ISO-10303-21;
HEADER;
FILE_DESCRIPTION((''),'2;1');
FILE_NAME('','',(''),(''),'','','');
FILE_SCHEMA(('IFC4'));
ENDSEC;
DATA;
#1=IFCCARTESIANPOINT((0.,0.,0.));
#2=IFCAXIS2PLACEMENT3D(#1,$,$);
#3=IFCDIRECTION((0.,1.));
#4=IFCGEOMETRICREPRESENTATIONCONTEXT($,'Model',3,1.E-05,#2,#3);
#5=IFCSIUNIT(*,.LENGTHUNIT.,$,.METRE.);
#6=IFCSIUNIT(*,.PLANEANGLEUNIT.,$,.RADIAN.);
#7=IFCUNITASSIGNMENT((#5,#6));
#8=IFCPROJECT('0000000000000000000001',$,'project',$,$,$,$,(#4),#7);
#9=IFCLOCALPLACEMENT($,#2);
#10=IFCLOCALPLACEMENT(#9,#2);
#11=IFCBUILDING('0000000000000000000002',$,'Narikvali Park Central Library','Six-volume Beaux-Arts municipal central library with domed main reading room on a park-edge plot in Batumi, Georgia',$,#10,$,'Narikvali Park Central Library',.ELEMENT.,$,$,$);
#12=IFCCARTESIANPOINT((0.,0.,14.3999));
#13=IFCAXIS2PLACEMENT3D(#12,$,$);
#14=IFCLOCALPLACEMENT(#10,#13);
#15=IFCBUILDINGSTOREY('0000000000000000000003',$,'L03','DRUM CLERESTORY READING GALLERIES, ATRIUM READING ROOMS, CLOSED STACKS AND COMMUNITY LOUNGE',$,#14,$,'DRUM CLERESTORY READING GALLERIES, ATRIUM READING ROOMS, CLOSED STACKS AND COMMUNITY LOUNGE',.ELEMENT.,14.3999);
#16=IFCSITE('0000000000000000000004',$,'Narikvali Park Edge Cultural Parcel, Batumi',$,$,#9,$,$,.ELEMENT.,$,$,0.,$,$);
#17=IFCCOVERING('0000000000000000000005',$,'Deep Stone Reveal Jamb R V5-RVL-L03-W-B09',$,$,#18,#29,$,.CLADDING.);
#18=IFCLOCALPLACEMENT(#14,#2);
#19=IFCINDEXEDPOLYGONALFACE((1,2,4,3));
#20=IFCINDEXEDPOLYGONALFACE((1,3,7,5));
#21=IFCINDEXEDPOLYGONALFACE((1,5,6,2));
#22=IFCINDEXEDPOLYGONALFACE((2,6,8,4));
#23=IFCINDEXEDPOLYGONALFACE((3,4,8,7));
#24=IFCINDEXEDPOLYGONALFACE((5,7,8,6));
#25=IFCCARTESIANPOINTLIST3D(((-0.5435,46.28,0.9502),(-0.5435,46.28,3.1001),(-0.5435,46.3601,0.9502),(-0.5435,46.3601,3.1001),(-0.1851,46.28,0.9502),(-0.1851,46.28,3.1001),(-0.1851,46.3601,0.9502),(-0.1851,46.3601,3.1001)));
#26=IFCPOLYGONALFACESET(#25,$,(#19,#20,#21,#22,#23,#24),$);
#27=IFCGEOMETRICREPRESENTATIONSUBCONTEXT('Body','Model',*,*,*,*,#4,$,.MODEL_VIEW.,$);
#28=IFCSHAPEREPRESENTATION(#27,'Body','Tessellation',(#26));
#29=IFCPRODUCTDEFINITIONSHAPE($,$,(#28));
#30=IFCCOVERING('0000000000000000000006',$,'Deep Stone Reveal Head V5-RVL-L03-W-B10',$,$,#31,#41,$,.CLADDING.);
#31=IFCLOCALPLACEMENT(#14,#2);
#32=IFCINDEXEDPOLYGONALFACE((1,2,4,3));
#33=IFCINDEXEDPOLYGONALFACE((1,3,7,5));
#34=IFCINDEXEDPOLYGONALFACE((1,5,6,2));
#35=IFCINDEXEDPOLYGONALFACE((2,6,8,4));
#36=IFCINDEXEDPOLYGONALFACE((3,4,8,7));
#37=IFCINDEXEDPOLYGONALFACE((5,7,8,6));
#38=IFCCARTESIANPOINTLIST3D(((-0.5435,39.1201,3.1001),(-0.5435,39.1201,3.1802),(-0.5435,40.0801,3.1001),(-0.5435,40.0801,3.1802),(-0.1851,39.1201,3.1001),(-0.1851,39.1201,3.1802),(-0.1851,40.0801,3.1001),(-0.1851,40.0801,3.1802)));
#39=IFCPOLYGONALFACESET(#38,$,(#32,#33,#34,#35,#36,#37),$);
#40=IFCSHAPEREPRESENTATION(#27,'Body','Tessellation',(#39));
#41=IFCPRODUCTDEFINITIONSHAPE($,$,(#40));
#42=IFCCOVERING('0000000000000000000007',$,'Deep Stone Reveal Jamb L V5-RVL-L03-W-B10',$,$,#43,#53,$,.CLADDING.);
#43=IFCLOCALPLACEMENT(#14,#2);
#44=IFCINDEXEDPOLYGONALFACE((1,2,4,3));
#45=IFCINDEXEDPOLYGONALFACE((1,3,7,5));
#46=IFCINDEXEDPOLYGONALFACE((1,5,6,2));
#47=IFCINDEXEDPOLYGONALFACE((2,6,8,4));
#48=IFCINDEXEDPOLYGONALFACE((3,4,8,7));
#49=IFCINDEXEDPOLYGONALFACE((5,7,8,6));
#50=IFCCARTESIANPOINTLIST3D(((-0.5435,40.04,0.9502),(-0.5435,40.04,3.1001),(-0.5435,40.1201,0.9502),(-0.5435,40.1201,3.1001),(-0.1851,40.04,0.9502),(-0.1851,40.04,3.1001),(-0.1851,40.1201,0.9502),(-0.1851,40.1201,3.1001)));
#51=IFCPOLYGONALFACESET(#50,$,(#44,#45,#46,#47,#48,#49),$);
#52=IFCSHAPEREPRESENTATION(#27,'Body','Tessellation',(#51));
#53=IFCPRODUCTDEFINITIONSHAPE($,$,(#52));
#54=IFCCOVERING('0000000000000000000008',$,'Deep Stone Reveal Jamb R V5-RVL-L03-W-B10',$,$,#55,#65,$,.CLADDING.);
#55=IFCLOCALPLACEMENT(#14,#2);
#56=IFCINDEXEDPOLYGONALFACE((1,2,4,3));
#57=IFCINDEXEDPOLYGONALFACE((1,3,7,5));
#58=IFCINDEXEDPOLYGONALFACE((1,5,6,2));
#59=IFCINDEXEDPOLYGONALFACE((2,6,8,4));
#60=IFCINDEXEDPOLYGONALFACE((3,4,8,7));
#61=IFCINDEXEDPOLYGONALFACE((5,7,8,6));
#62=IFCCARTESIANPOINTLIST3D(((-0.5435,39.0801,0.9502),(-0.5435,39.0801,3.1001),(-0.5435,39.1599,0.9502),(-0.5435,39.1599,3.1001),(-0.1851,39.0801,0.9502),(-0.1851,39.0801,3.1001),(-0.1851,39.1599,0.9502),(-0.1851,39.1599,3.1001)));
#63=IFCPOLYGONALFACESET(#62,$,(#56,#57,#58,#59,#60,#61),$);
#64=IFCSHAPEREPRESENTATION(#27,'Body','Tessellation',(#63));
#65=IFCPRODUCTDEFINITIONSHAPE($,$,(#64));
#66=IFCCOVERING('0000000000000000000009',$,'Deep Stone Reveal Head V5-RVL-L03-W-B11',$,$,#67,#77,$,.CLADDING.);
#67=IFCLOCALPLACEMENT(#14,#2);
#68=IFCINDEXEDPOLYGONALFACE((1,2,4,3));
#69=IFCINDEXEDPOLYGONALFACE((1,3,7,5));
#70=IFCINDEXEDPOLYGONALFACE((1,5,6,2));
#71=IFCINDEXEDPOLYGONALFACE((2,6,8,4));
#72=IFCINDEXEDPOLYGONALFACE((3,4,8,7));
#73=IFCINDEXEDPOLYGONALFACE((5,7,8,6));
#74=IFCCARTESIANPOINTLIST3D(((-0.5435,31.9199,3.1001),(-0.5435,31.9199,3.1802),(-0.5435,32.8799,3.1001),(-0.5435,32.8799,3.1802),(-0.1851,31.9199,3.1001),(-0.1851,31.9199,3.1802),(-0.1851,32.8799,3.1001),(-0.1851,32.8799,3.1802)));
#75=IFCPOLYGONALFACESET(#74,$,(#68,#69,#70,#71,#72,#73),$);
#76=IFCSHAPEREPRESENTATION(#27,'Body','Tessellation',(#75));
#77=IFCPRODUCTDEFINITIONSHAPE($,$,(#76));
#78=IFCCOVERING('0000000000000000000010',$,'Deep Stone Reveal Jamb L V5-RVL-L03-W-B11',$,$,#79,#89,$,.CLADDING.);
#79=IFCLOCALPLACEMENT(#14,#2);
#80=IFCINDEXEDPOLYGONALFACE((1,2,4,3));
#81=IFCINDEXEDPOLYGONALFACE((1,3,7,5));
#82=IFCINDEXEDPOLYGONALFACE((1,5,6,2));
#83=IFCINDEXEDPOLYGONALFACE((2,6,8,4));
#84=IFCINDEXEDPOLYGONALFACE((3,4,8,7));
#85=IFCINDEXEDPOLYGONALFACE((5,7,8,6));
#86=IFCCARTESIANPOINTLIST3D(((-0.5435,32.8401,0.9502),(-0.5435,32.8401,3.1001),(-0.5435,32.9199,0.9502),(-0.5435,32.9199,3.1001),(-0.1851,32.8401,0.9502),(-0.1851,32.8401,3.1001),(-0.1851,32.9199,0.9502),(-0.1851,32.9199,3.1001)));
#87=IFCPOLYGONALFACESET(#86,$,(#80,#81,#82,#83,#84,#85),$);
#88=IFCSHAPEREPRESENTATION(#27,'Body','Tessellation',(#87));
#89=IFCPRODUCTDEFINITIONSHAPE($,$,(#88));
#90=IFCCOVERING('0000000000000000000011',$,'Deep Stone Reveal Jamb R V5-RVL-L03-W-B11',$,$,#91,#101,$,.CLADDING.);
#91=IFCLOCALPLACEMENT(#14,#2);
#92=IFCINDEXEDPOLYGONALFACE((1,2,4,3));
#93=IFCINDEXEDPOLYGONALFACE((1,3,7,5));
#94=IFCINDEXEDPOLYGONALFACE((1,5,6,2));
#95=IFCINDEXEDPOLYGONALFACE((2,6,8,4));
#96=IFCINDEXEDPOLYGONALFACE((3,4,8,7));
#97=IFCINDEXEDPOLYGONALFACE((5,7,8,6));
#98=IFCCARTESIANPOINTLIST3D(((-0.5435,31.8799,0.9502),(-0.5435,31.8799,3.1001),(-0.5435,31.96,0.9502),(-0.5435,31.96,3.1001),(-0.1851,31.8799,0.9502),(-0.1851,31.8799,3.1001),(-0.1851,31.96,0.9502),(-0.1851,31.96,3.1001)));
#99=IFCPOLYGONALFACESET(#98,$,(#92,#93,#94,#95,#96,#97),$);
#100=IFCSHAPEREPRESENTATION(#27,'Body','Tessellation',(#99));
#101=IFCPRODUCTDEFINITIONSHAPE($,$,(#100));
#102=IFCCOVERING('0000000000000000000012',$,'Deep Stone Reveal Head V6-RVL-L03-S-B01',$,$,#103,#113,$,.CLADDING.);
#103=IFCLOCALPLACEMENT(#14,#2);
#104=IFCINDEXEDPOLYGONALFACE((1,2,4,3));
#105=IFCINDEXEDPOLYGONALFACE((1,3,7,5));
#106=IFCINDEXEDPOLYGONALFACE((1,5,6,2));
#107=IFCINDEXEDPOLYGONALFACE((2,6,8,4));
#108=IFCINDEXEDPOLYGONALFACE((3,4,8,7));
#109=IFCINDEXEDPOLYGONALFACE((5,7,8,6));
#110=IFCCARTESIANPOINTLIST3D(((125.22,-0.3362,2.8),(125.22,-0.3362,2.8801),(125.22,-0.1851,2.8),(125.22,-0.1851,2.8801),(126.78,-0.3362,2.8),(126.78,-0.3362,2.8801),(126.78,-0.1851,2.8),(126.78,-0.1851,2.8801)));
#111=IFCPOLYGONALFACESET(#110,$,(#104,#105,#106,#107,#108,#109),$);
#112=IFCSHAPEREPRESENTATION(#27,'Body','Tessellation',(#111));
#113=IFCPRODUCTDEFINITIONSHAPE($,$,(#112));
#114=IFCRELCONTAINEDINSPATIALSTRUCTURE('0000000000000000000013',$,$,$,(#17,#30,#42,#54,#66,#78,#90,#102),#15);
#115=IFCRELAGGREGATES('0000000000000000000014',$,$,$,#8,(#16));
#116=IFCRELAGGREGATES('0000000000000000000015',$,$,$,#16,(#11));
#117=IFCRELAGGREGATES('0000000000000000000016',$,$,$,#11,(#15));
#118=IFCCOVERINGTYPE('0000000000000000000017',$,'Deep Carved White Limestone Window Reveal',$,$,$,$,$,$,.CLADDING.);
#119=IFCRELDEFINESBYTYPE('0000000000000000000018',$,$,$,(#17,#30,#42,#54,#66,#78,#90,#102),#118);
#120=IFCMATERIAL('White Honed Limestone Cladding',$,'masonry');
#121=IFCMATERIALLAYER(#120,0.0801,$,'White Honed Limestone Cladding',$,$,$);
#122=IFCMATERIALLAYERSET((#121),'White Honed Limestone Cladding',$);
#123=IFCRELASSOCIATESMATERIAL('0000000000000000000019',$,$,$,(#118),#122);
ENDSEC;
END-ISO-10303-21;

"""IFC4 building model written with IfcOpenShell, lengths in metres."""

from ifc_helpers import new_model, si_unit, direction, frame, origin, place, context, subcontext, project, spatial, polyline, outline, extrude, material, layer, layer_set, type_object, element, save


model = new_model("IFC4")

# Units and contexts
model_context = context("Model", 3, precision=1e-05, world=origin(), true_north=direction((0.0, 1.0)))
body_context = subcontext(model_context, "Body", "Model", "MODEL_VIEW")
ifc_project = project(units=[si_unit("LENGTHUNIT", "METRE"), si_unit("PLANEANGLEUNIT", "RADIAN")], contexts=[model_context])

# Site, building, storey
site_placement = place(None, origin())
site = spatial("IfcSite", under=ifc_project, at=site_placement, Name="Narikvali Park Edge Cultural Parcel, Batumi", CompositionType="ELEMENT", RefElevation=0.0)
building_placement = place(site_placement, origin())
building = spatial("IfcBuilding", under=site, at=building_placement, Name="Narikvali Park Central Library", Description="Six-volume Beaux-Arts municipal central library with domed main reading room on a park-edge plot in Batumi, Georgia", LongName="Narikvali Park Central Library", CompositionType="ELEMENT")
storey_placement = place(building_placement, frame((0.0, 0.0, 14.3999)))
storey = spatial("IfcBuildingStorey", under=building, at=storey_placement, Name="L03", Description="DRUM CLERESTORY READING GALLERIES, ATRIUM READING ROOMS, CLOSED STACKS AND COMMUNITY LOUNGE", LongName="DRUM CLERESTORY READING GALLERIES, ATRIUM READING ROOMS, CLOSED STACKS AND COMMUNITY LOUNGE", CompositionType="ELEMENT", Elevation=14.3999)

# Coverings
ifc_material = material(Name="White Honed Limestone Cladding", Category="masonry")
ifc_layer = layer(ifc_material, 0.0801, Name="White Honed Limestone Cladding")
ifc_layer_set = layer_set([ifc_layer], Name="White Honed Limestone Cladding")
covering_type = type_object("IfcCoveringType", Name="Deep Carved White Limestone Window Reveal", PredefinedType="CLADDING", material=ifc_layer_set)
covering_1_placement = place(storey_placement, frame((0.0, 0.0, 0.9502)))
element("IfcCovering", 1, at=covering_1_placement, inside=storey, type_object=covering_type, Name="Deep Stone Reveal Jamb R V5-RVL-L03-W-B09", PredefinedType="CLADDING", context=body_context, shape_type="SweptSolid", body=[
    extrude(outline(polyline([(-0.1851, 46.3601), (-0.1851, 46.28), (-0.5435, 46.28), (-0.5435, 46.3601), (-0.1851, 46.3601)])), origin(), (0.0, 0.0, 1.0), 2.1499),
])
covering_2_placement = place(storey_placement, frame((0.0, 0.0, 3.1001)))
element("IfcCovering", 2, at=covering_2_placement, inside=storey, type_object=covering_type, Name="Deep Stone Reveal Head V5-RVL-L03-W-B10", PredefinedType="CLADDING", context=body_context, shape_type="SweptSolid", body=[
    extrude(outline(polyline([(-0.1851, 40.0801), (-0.1851, 39.1201), (-0.5435, 39.1201), (-0.5435, 40.0801), (-0.1851, 40.0801)])), origin(), (0.0, 0.0, 1.0), 0.0801),
])
covering_3_placement = place(storey_placement, frame((0.0, 0.0, 0.9502)))
element("IfcCovering", 3, at=covering_3_placement, inside=storey, type_object=covering_type, Name="Deep Stone Reveal Jamb L V5-RVL-L03-W-B10", PredefinedType="CLADDING", context=body_context, shape_type="SweptSolid", body=[
    extrude(outline(polyline([(-0.1851, 40.1201), (-0.1851, 40.04), (-0.5435, 40.04), (-0.5435, 40.1201), (-0.1851, 40.1201)])), origin(), (0.0, 0.0, 1.0), 2.1499),
])
covering_4_placement = place(storey_placement, frame((0.0, 0.0, 0.9502)))
element("IfcCovering", 4, at=covering_4_placement, inside=storey, type_object=covering_type, Name="Deep Stone Reveal Jamb R V5-RVL-L03-W-B10", PredefinedType="CLADDING", context=body_context, shape_type="SweptSolid", body=[
    extrude(outline(polyline([(-0.1851, 39.1599), (-0.1851, 39.0801), (-0.5435, 39.0801), (-0.5435, 39.1599), (-0.1851, 39.1599)])), origin(), (0.0, 0.0, 1.0), 2.1499),
])
covering_5_placement = place(storey_placement, frame((0.0, 0.0, 3.1001)))
element("IfcCovering", 5, at=covering_5_placement, inside=storey, type_object=covering_type, Name="Deep Stone Reveal Head V5-RVL-L03-W-B11", PredefinedType="CLADDING", context=body_context, shape_type="SweptSolid", body=[
    extrude(outline(polyline([(-0.1851, 32.8799), (-0.1851, 31.9199), (-0.5435, 31.9199), (-0.5435, 32.8799), (-0.1851, 32.8799)])), origin(), (0.0, 0.0, 1.0), 0.0801),
])
covering_6_placement = place(storey_placement, frame((0.0, 0.0, 0.9502)))
element("IfcCovering", 6, at=covering_6_placement, inside=storey, type_object=covering_type, Name="Deep Stone Reveal Jamb L V5-RVL-L03-W-B11", PredefinedType="CLADDING", context=body_context, shape_type="SweptSolid", body=[
    extrude(outline(polyline([(-0.1851, 32.9199), (-0.1851, 32.8401), (-0.5435, 32.8401), (-0.5435, 32.9199), (-0.1851, 32.9199)])), origin(), (0.0, 0.0, 1.0), 2.1499),
])
covering_7_placement = place(storey_placement, frame((0.0, 0.0, 0.9502)))
element("IfcCovering", 7, at=covering_7_placement, inside=storey, type_object=covering_type, Name="Deep Stone Reveal Jamb R V5-RVL-L03-W-B11", PredefinedType="CLADDING", context=body_context, shape_type="SweptSolid", body=[
    extrude(outline(polyline([(-0.1851, 31.96), (-0.1851, 31.8799), (-0.5435, 31.8799), (-0.5435, 31.96), (-0.1851, 31.96)])), origin(), (0.0, 0.0, 1.0), 2.1499),
])
covering_8_placement = place(storey_placement, frame((0.0, 0.0, 2.8)))
element("IfcCovering", 8, at=covering_8_placement, inside=storey, type_object=covering_type, Name="Deep Stone Reveal Head V6-RVL-L03-S-B01", PredefinedType="CLADDING", context=body_context, shape_type="SweptSolid", body=[
    extrude(outline(polyline([(125.22, -0.1851), (126.78, -0.1851), (126.78, -0.3362), (125.22, -0.3362), (125.22, -0.1851)])), origin(), (0.0, 0.0, 1.0), 0.0801),
])

save(model, "model.ifc")
